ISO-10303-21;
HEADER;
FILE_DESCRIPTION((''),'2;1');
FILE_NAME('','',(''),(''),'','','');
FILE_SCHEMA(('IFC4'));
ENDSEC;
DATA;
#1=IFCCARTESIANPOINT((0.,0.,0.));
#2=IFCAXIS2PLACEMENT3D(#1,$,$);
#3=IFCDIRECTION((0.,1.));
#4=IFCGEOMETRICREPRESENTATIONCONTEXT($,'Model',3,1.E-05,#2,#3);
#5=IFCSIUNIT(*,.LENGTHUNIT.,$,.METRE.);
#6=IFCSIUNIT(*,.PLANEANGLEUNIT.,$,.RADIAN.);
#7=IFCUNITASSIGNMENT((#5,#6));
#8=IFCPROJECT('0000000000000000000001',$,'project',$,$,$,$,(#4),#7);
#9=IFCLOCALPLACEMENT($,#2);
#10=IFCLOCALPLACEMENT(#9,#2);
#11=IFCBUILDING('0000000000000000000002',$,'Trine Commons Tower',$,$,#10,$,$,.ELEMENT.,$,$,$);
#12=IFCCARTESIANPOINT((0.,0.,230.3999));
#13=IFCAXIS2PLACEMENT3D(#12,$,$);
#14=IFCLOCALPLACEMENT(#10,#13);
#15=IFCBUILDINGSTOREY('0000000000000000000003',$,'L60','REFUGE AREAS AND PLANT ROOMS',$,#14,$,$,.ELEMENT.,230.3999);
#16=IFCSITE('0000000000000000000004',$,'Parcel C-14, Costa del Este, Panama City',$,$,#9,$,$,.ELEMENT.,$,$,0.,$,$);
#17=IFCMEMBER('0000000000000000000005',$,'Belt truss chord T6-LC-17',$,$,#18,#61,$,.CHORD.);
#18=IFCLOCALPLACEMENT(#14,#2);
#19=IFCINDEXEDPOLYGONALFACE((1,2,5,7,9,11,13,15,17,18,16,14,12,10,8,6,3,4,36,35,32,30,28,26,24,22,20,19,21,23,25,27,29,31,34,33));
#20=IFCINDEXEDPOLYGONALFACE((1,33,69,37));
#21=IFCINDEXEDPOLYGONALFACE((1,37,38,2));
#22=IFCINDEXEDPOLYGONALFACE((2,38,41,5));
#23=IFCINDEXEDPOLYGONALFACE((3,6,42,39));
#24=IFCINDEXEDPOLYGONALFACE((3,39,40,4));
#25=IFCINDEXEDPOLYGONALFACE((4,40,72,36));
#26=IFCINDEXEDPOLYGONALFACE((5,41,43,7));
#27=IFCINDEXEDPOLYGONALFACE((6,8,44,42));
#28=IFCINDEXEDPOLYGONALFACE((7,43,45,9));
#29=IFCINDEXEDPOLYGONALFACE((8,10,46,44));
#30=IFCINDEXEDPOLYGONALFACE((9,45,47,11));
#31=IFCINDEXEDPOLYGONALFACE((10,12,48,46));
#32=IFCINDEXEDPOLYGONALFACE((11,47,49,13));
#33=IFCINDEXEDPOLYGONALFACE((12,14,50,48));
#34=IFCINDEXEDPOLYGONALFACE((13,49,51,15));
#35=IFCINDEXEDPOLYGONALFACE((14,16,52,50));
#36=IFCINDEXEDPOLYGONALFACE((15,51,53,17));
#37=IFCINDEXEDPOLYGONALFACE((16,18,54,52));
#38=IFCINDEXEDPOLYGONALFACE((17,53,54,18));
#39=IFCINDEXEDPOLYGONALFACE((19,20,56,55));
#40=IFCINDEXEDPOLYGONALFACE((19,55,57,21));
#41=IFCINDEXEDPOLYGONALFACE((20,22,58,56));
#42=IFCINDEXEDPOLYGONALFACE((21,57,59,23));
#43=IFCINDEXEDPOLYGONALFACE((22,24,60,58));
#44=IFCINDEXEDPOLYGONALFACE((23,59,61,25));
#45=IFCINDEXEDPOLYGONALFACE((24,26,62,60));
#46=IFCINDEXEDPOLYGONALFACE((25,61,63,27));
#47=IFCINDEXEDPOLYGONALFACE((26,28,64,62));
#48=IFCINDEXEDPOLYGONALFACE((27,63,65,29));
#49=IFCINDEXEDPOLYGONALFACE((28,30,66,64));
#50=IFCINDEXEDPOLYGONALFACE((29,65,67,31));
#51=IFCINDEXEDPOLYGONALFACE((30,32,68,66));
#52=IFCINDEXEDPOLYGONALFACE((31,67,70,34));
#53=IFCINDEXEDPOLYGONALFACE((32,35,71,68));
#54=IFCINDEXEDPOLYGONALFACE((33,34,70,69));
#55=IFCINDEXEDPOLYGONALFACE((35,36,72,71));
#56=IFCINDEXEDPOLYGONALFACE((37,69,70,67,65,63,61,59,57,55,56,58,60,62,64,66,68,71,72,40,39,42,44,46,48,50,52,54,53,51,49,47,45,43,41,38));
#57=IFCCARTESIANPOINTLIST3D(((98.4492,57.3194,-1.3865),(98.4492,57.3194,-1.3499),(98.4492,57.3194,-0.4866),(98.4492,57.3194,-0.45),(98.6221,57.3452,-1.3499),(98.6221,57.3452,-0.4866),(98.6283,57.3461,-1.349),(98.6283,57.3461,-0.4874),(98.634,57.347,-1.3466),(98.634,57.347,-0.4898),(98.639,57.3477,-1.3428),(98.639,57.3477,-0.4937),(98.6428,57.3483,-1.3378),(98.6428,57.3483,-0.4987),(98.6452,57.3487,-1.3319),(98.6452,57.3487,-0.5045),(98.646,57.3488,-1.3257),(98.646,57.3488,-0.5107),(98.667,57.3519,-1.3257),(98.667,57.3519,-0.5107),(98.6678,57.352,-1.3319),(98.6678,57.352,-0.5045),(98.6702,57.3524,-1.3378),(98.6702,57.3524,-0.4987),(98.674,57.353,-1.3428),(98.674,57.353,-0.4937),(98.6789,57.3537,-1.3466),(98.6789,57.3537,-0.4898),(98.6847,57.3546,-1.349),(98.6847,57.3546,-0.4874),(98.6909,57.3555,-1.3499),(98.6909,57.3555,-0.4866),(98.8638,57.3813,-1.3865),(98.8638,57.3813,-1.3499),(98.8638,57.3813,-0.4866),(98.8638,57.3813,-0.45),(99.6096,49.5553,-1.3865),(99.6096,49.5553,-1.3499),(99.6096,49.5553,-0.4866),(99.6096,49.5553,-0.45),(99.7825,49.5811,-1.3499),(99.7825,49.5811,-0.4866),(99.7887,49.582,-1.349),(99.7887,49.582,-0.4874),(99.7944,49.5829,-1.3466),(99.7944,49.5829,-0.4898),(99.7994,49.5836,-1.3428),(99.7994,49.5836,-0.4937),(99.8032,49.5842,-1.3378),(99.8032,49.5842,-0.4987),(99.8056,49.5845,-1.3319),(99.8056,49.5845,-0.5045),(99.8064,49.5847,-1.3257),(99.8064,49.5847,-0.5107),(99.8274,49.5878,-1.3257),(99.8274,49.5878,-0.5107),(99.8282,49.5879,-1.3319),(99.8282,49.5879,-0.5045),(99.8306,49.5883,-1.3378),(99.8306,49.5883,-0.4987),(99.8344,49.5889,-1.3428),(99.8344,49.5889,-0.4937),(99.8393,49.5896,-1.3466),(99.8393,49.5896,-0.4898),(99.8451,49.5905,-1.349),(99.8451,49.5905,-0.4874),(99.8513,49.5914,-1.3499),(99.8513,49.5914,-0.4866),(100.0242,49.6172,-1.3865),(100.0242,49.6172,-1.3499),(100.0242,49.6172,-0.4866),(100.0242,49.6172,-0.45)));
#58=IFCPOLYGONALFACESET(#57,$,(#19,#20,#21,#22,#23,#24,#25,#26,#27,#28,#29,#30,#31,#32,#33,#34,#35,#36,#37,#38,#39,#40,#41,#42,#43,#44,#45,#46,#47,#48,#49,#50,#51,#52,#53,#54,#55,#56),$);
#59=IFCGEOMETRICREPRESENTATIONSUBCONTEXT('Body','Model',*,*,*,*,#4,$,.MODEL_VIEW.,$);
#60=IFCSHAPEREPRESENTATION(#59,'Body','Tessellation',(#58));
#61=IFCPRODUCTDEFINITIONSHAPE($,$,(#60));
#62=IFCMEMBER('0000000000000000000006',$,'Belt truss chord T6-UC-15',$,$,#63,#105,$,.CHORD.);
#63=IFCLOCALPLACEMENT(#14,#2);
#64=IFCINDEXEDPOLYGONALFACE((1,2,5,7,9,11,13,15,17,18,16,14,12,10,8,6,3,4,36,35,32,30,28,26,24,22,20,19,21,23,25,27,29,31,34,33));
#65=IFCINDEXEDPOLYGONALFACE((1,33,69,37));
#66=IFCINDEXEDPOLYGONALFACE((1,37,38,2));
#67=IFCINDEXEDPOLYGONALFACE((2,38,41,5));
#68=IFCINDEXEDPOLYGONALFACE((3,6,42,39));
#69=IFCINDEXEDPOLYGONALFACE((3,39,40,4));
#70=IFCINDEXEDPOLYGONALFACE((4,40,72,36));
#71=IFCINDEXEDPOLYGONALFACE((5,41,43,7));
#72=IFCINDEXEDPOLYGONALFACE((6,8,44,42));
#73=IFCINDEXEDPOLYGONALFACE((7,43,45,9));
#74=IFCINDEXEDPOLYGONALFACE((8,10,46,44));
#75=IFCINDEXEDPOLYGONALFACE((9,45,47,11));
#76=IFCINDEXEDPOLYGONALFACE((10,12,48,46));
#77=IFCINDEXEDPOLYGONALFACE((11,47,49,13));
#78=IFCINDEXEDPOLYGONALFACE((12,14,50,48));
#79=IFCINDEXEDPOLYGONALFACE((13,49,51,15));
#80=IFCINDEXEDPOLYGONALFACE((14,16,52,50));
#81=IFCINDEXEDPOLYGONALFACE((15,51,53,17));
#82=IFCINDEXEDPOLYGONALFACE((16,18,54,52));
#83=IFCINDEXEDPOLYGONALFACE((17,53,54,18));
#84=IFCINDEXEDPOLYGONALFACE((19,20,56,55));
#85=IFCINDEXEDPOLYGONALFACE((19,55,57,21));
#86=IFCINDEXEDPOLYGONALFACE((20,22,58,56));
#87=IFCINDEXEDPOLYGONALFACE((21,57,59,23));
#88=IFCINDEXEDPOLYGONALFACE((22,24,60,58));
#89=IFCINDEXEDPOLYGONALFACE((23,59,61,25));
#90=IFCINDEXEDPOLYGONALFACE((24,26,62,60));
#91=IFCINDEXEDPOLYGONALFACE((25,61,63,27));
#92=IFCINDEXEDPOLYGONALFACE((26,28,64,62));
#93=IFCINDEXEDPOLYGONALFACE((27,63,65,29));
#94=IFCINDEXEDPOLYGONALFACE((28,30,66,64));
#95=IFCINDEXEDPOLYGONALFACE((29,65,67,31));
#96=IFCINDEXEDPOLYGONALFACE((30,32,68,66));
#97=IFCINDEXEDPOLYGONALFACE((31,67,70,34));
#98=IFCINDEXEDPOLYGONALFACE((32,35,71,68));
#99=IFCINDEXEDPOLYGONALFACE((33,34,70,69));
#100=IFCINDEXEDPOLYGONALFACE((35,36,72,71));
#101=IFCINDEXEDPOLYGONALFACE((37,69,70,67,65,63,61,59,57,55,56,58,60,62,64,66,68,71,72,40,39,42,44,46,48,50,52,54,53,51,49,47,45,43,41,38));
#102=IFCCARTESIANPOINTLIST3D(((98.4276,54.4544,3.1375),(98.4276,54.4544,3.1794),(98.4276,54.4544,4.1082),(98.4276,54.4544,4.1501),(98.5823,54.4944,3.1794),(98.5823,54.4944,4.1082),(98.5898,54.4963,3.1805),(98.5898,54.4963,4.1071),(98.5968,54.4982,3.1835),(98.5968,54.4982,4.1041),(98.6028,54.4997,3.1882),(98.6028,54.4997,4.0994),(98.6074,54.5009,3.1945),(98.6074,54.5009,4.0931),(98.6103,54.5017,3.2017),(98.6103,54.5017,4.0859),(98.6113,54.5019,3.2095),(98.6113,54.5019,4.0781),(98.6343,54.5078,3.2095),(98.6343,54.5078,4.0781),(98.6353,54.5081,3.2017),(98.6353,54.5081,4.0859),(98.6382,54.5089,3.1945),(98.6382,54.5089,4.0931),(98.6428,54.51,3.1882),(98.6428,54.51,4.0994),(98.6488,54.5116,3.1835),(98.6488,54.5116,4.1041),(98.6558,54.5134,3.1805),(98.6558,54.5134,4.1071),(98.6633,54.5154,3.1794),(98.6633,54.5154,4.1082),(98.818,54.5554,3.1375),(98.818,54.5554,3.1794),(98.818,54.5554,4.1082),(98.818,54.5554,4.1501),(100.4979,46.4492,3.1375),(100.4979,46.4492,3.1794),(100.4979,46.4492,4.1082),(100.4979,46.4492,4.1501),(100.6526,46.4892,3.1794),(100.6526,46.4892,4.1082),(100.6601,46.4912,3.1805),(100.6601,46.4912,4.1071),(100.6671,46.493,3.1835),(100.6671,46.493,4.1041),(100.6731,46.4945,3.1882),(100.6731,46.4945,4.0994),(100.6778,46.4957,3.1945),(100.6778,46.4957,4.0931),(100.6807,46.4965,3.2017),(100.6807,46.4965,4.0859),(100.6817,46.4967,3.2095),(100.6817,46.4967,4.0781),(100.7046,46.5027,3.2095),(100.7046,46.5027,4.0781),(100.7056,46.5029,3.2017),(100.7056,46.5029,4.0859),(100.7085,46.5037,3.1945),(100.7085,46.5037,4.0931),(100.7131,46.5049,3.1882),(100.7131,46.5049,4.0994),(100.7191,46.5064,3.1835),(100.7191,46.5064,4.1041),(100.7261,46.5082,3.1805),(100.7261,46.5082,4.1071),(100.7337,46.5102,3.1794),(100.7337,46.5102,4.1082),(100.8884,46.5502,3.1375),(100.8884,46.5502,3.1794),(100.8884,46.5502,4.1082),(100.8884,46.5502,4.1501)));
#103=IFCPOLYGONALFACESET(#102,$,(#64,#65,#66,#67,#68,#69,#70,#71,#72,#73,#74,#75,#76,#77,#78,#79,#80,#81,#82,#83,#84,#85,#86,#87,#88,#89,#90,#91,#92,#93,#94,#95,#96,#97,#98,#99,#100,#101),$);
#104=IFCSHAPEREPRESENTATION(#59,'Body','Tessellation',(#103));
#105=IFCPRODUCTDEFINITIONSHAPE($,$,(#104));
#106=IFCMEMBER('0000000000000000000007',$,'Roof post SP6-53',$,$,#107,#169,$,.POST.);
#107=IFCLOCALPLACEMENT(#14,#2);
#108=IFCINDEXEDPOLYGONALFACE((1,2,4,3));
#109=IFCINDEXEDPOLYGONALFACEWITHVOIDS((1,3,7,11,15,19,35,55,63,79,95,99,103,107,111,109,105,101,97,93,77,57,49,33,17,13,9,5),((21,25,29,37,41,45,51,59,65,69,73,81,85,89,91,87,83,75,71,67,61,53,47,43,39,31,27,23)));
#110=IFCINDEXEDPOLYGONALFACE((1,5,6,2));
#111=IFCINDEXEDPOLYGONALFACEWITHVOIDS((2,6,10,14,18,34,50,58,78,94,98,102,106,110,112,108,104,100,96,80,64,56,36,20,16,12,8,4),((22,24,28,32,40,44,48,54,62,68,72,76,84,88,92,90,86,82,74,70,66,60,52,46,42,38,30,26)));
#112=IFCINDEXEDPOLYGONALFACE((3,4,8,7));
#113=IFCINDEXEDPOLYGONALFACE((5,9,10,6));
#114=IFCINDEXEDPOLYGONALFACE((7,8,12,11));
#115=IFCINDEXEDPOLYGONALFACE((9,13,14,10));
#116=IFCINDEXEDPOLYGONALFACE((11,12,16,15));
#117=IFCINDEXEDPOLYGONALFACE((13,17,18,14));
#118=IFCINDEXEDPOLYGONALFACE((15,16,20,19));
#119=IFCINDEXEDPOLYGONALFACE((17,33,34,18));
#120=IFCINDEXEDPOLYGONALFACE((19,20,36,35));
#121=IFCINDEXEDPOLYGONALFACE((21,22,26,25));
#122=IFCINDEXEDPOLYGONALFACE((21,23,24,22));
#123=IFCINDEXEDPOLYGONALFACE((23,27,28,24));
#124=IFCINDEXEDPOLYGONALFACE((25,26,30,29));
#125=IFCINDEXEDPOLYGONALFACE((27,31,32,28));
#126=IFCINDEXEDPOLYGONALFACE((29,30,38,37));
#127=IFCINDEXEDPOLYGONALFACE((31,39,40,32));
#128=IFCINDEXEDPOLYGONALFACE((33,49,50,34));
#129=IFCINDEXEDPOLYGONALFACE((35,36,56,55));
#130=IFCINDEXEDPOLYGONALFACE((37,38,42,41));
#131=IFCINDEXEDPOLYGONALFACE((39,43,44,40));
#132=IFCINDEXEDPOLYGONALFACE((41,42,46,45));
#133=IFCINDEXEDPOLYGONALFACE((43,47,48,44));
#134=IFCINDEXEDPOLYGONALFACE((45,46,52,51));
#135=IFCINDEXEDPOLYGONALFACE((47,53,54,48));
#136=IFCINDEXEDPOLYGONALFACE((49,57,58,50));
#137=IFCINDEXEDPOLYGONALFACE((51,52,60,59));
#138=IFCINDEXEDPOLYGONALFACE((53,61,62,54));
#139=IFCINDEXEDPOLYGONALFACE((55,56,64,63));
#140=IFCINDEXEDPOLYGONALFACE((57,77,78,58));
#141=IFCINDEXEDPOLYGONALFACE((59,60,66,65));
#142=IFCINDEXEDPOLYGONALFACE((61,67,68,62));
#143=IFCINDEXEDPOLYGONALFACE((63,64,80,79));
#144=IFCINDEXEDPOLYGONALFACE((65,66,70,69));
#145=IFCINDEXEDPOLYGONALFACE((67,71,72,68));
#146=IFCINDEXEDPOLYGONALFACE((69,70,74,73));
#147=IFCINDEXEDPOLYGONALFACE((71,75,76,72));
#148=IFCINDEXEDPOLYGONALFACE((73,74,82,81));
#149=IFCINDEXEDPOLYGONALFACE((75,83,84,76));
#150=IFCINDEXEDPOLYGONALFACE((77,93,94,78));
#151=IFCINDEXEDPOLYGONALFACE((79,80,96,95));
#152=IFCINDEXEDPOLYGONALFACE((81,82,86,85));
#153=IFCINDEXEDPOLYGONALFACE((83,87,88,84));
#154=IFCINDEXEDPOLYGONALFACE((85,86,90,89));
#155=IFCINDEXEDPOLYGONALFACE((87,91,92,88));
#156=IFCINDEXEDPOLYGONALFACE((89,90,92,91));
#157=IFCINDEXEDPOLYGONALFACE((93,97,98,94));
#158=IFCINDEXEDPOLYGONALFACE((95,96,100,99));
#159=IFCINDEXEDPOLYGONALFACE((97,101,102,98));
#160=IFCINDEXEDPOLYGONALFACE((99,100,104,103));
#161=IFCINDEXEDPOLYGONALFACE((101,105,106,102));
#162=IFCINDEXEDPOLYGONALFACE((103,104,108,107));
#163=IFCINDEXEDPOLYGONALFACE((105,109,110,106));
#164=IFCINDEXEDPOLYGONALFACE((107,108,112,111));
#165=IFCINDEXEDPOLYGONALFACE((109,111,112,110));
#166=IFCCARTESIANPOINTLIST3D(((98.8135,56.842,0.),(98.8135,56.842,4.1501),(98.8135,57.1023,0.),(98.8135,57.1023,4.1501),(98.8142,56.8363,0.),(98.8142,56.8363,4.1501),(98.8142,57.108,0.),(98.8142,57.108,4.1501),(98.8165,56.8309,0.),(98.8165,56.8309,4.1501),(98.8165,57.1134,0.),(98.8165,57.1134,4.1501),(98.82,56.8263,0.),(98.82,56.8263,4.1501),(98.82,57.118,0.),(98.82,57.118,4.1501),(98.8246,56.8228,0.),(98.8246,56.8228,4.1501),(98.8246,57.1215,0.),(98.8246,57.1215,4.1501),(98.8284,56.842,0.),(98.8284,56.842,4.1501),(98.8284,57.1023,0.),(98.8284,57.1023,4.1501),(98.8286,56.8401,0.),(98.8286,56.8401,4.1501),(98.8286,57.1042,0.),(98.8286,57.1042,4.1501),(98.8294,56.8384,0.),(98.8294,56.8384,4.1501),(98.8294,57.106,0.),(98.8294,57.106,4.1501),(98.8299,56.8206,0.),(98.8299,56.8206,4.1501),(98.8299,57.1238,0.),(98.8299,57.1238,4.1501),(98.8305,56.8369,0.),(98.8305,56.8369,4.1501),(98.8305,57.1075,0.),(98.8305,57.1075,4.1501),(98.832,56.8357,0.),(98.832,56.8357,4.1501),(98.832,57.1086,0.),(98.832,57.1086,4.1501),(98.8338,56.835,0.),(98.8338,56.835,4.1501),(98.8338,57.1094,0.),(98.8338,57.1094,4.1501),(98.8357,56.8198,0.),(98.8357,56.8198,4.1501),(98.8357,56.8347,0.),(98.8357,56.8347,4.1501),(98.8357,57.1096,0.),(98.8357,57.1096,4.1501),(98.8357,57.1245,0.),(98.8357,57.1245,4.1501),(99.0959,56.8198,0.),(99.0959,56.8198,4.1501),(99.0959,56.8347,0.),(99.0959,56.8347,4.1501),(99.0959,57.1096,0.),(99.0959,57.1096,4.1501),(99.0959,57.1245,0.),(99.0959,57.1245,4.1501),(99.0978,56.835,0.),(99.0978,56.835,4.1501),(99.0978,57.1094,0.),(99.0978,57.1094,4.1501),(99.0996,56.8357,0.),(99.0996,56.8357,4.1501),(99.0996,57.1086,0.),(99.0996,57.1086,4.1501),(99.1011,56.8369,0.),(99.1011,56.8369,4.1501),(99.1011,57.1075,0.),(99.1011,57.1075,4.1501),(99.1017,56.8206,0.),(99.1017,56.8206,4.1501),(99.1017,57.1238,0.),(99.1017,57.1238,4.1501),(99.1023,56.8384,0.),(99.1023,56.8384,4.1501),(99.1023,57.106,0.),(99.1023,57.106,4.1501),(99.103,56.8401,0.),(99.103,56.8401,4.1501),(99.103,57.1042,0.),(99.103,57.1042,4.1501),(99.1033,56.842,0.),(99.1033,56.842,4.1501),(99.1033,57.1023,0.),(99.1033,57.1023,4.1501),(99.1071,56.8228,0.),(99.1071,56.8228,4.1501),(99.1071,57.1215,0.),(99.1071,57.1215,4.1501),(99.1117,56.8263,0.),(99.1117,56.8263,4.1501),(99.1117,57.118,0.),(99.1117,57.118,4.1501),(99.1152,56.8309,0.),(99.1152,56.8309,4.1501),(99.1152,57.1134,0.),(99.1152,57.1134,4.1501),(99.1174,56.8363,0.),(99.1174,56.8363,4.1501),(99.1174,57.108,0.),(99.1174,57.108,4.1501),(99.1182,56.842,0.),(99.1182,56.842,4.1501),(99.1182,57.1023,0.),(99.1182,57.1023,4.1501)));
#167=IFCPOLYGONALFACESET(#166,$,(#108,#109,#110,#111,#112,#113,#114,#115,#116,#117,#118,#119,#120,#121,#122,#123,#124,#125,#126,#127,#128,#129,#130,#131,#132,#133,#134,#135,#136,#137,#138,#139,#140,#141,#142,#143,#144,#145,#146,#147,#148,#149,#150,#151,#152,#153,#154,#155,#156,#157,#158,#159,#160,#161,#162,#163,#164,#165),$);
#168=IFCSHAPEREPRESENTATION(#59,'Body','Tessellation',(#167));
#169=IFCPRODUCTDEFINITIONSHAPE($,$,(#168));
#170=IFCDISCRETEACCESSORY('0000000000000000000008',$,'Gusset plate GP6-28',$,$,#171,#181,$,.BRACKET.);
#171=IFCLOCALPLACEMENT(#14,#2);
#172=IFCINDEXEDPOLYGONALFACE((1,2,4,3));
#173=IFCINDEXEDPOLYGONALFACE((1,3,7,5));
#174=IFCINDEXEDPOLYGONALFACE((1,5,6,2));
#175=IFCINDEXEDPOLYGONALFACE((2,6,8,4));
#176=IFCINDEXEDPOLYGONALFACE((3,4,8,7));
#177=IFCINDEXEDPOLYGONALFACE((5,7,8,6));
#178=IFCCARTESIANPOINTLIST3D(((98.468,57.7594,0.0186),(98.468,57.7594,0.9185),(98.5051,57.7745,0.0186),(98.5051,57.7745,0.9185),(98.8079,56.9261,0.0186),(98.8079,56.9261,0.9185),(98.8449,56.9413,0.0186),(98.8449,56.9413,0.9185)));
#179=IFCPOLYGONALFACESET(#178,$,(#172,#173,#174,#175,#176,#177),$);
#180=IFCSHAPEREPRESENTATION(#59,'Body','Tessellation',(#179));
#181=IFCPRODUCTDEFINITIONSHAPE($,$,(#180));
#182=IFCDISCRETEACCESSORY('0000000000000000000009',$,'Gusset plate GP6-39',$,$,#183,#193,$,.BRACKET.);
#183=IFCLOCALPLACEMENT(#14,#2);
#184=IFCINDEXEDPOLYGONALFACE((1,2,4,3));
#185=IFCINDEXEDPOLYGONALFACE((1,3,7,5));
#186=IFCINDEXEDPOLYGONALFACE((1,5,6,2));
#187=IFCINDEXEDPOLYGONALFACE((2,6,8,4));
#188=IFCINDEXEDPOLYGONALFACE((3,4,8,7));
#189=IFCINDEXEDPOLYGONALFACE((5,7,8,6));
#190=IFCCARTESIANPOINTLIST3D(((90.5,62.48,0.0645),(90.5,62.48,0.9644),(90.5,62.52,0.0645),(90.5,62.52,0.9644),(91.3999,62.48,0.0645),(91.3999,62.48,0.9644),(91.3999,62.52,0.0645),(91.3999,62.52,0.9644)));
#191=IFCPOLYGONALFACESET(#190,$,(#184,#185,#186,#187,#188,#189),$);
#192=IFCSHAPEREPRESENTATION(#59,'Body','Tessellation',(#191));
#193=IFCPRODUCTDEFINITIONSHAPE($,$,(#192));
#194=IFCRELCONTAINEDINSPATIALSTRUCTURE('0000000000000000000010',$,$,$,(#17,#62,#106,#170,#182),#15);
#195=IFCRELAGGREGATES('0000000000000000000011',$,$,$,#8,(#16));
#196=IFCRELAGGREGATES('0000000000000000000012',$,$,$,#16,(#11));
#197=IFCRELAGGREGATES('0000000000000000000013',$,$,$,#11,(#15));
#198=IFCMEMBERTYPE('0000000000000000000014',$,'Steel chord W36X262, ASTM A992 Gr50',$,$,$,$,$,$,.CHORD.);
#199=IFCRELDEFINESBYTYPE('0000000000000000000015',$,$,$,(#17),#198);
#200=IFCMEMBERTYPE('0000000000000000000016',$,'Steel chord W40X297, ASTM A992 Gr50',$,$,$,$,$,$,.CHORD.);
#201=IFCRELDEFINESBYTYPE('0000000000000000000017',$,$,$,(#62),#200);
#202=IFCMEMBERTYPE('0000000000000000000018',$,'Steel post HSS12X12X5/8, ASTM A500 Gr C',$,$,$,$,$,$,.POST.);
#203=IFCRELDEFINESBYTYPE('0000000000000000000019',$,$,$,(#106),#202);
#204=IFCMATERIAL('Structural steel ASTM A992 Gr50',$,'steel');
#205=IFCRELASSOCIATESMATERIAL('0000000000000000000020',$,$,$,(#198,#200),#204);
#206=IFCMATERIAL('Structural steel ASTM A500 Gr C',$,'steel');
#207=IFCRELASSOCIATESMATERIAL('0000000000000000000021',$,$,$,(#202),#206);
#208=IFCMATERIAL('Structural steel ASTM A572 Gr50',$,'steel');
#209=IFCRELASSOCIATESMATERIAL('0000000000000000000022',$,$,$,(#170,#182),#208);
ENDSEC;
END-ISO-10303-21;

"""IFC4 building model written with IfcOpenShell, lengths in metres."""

from ifc_helpers import new_model, si_unit, direction, frame, origin, origin_2d, place, context, subcontext, project, spatial, rectangle, hollow_rectangle, i_section, extrude, material, material_profile, profile_set, type_object, element, save


model = new_model("IFC4")

# Units and contexts
model_context = context("Model", 3, precision=1e-05, world=origin(), true_north=direction((0.0, 1.0)))
body_context = subcontext(model_context, "Body", "Model", "MODEL_VIEW")
ifc_project = project(units=[si_unit("LENGTHUNIT", "METRE"), si_unit("PLANEANGLEUNIT", "RADIAN")], contexts=[model_context])

# Site, building, storey
site_placement = place(None, origin())
site = spatial("IfcSite", under=ifc_project, at=site_placement, Name="Parcel C-14, Costa del Este, Panama City", CompositionType="ELEMENT", RefElevation=0.0)
building_placement = place(site_placement, origin())
building = spatial("IfcBuilding", under=site, at=building_placement, Name="Trine Commons Tower", CompositionType="ELEMENT")
storey_placement = place(building_placement, frame((0.0, 0.0, 230.3999)))
storey = spatial("IfcBuildingStorey", under=building, at=storey_placement, Name="L60", Description="REFUGE AREAS AND PLANT ROOMS", CompositionType="ELEMENT", Elevation=230.3999)

# Members
ifc_material_1 = material(Name="Structural steel ASTM A500 Gr C", Category="steel")
ifc_material_2 = material(Name="Structural steel ASTM A992 Gr50", Category="steel")
ifc_material_profile_1 = material_profile(ifc_material_2, i_section(OverallWidth=0.4192, OverallDepth=0.9365, WebThickness=0.0212, FlangeThickness=0.0366, FilletRadius=0.0242, at=origin_2d()), Name="W36X262")
ifc_profile_set_1 = profile_set([ifc_material_profile_1], Name="Structural steel ASTM A992 Gr50")
member_type_1 = type_object("IfcMemberType", Name="Steel chord W36X262, ASTM A992 Gr50", PredefinedType="CHORD", material=ifc_profile_set_1)
member_1_placement = place(storey_placement, frame((98.6565, 57.3503, -0.9182), z_axis=(0.147814, -0.989015, 0.0), x_axis=(0.989015, 0.147814, 0.0)))
element("IfcMember", 1, at=member_1_placement, inside=storey, type_object=member_type_1, Name="Belt truss chord T6-LC-17", PredefinedType="CHORD", context=body_context, shape_type="SweptSolid", body=[
    extrude(i_section(OverallWidth=0.4192, OverallDepth=0.9365, WebThickness=0.0212, FlangeThickness=0.0366, FilletRadius=0.0242, at=origin_2d()), origin(), (0.0, 0.0, 1.0), 7.8503),
])
ifc_material_profile_2 = material_profile(ifc_material_2, i_section(OverallWidth=0.4033, OverallDepth=1.0127, WebThickness=0.0237, FlangeThickness=0.042, FilletRadius=0.03, at=origin_2d()), Name="W40X297")
ifc_profile_set_2 = profile_set([ifc_material_profile_2], Name="Structural steel ASTM A992 Gr50")
member_type_2 = type_object("IfcMemberType", Name="Steel chord W40X297, ASTM A992 Gr50", PredefinedType="CHORD", material=ifc_profile_set_2)
member_2_placement = place(storey_placement, frame((98.6228, 54.5049, 3.6438), z_axis=(0.250385, -0.968146, 0.0), x_axis=(0.968146, 0.250385, 0.0)))
element("IfcMember", 2, at=member_2_placement, inside=storey, type_object=member_type_2, Name="Belt truss chord T6-UC-15", PredefinedType="CHORD", context=body_context, shape_type="SweptSolid", body=[
    extrude(i_section(OverallWidth=0.4033, OverallDepth=1.0127, WebThickness=0.0237, FlangeThickness=0.042, FilletRadius=0.03, at=origin_2d()), origin(), (0.0, 0.0, 1.0), 8.2686),
])
ifc_material_profile_3 = material_profile(ifc_material_1, hollow_rectangle(XDim=0.3047, YDim=0.3047, WallThickness=0.0149, InnerFilletRadius=0.0073, OuterFilletRadius=0.0222, at=origin_2d()), Name="HSS12X12X5/8")
ifc_profile_set_3 = profile_set([ifc_material_profile_3], Name="Structural steel ASTM A500 Gr C")
member_type_3 = type_object("IfcMemberType", Name="Steel post HSS12X12X5/8, ASTM A500 Gr C", PredefinedType="POST", material=ifc_profile_set_3)
member_3_placement = place(storey_placement, frame((98.9658, 56.9722, 0.0), z_axis=(0.0, 0.0, 1.0), x_axis=(1.0, 0.0, 0.0)))
element("IfcMember", 3, at=member_3_placement, inside=storey, type_object=member_type_3, Name="Roof post SP6-53", PredefinedType="POST", context=body_context, shape_type="SweptSolid", body=[
    extrude(hollow_rectangle(XDim=0.3047, YDim=0.3047, WallThickness=0.0149, InnerFilletRadius=0.0073, OuterFilletRadius=0.0222, at=origin_2d()), origin(), (0.0, 0.0, 1.0), 4.1501),
])

# Discrete accessories
ifc_material_3 = material(Name="Structural steel ASTM A572 Gr50", Category="steel")
for number, where, z_axis, x_axis, name in (
    (4, (98.6565, 57.3503, 0.0186), (0.0, 0.0, 1.0), (-0.377615, 0.925963, 0.0), "Gusset plate GP6-28"),
    (5, (90.95, 62.5, 0.0645), (0.0, 0.0, 1.0), (1.0, 0.0, 0.0), "Gusset plate GP6-39"),
):
    element("IfcDiscreteAccessory", number, at=place(storey_placement, frame(where, z_axis=z_axis, x_axis=x_axis)), inside=storey, material=ifc_material_3, Name=name, PredefinedType="BRACKET", context=body_context, shape_type="SweptSolid", body=[
        extrude(rectangle(XDim=0.8999, YDim=0.04, at=origin_2d()), origin(), (0.0, 0.0, 1.0), 0.8999),
    ])

save(model, "model.ifc")
